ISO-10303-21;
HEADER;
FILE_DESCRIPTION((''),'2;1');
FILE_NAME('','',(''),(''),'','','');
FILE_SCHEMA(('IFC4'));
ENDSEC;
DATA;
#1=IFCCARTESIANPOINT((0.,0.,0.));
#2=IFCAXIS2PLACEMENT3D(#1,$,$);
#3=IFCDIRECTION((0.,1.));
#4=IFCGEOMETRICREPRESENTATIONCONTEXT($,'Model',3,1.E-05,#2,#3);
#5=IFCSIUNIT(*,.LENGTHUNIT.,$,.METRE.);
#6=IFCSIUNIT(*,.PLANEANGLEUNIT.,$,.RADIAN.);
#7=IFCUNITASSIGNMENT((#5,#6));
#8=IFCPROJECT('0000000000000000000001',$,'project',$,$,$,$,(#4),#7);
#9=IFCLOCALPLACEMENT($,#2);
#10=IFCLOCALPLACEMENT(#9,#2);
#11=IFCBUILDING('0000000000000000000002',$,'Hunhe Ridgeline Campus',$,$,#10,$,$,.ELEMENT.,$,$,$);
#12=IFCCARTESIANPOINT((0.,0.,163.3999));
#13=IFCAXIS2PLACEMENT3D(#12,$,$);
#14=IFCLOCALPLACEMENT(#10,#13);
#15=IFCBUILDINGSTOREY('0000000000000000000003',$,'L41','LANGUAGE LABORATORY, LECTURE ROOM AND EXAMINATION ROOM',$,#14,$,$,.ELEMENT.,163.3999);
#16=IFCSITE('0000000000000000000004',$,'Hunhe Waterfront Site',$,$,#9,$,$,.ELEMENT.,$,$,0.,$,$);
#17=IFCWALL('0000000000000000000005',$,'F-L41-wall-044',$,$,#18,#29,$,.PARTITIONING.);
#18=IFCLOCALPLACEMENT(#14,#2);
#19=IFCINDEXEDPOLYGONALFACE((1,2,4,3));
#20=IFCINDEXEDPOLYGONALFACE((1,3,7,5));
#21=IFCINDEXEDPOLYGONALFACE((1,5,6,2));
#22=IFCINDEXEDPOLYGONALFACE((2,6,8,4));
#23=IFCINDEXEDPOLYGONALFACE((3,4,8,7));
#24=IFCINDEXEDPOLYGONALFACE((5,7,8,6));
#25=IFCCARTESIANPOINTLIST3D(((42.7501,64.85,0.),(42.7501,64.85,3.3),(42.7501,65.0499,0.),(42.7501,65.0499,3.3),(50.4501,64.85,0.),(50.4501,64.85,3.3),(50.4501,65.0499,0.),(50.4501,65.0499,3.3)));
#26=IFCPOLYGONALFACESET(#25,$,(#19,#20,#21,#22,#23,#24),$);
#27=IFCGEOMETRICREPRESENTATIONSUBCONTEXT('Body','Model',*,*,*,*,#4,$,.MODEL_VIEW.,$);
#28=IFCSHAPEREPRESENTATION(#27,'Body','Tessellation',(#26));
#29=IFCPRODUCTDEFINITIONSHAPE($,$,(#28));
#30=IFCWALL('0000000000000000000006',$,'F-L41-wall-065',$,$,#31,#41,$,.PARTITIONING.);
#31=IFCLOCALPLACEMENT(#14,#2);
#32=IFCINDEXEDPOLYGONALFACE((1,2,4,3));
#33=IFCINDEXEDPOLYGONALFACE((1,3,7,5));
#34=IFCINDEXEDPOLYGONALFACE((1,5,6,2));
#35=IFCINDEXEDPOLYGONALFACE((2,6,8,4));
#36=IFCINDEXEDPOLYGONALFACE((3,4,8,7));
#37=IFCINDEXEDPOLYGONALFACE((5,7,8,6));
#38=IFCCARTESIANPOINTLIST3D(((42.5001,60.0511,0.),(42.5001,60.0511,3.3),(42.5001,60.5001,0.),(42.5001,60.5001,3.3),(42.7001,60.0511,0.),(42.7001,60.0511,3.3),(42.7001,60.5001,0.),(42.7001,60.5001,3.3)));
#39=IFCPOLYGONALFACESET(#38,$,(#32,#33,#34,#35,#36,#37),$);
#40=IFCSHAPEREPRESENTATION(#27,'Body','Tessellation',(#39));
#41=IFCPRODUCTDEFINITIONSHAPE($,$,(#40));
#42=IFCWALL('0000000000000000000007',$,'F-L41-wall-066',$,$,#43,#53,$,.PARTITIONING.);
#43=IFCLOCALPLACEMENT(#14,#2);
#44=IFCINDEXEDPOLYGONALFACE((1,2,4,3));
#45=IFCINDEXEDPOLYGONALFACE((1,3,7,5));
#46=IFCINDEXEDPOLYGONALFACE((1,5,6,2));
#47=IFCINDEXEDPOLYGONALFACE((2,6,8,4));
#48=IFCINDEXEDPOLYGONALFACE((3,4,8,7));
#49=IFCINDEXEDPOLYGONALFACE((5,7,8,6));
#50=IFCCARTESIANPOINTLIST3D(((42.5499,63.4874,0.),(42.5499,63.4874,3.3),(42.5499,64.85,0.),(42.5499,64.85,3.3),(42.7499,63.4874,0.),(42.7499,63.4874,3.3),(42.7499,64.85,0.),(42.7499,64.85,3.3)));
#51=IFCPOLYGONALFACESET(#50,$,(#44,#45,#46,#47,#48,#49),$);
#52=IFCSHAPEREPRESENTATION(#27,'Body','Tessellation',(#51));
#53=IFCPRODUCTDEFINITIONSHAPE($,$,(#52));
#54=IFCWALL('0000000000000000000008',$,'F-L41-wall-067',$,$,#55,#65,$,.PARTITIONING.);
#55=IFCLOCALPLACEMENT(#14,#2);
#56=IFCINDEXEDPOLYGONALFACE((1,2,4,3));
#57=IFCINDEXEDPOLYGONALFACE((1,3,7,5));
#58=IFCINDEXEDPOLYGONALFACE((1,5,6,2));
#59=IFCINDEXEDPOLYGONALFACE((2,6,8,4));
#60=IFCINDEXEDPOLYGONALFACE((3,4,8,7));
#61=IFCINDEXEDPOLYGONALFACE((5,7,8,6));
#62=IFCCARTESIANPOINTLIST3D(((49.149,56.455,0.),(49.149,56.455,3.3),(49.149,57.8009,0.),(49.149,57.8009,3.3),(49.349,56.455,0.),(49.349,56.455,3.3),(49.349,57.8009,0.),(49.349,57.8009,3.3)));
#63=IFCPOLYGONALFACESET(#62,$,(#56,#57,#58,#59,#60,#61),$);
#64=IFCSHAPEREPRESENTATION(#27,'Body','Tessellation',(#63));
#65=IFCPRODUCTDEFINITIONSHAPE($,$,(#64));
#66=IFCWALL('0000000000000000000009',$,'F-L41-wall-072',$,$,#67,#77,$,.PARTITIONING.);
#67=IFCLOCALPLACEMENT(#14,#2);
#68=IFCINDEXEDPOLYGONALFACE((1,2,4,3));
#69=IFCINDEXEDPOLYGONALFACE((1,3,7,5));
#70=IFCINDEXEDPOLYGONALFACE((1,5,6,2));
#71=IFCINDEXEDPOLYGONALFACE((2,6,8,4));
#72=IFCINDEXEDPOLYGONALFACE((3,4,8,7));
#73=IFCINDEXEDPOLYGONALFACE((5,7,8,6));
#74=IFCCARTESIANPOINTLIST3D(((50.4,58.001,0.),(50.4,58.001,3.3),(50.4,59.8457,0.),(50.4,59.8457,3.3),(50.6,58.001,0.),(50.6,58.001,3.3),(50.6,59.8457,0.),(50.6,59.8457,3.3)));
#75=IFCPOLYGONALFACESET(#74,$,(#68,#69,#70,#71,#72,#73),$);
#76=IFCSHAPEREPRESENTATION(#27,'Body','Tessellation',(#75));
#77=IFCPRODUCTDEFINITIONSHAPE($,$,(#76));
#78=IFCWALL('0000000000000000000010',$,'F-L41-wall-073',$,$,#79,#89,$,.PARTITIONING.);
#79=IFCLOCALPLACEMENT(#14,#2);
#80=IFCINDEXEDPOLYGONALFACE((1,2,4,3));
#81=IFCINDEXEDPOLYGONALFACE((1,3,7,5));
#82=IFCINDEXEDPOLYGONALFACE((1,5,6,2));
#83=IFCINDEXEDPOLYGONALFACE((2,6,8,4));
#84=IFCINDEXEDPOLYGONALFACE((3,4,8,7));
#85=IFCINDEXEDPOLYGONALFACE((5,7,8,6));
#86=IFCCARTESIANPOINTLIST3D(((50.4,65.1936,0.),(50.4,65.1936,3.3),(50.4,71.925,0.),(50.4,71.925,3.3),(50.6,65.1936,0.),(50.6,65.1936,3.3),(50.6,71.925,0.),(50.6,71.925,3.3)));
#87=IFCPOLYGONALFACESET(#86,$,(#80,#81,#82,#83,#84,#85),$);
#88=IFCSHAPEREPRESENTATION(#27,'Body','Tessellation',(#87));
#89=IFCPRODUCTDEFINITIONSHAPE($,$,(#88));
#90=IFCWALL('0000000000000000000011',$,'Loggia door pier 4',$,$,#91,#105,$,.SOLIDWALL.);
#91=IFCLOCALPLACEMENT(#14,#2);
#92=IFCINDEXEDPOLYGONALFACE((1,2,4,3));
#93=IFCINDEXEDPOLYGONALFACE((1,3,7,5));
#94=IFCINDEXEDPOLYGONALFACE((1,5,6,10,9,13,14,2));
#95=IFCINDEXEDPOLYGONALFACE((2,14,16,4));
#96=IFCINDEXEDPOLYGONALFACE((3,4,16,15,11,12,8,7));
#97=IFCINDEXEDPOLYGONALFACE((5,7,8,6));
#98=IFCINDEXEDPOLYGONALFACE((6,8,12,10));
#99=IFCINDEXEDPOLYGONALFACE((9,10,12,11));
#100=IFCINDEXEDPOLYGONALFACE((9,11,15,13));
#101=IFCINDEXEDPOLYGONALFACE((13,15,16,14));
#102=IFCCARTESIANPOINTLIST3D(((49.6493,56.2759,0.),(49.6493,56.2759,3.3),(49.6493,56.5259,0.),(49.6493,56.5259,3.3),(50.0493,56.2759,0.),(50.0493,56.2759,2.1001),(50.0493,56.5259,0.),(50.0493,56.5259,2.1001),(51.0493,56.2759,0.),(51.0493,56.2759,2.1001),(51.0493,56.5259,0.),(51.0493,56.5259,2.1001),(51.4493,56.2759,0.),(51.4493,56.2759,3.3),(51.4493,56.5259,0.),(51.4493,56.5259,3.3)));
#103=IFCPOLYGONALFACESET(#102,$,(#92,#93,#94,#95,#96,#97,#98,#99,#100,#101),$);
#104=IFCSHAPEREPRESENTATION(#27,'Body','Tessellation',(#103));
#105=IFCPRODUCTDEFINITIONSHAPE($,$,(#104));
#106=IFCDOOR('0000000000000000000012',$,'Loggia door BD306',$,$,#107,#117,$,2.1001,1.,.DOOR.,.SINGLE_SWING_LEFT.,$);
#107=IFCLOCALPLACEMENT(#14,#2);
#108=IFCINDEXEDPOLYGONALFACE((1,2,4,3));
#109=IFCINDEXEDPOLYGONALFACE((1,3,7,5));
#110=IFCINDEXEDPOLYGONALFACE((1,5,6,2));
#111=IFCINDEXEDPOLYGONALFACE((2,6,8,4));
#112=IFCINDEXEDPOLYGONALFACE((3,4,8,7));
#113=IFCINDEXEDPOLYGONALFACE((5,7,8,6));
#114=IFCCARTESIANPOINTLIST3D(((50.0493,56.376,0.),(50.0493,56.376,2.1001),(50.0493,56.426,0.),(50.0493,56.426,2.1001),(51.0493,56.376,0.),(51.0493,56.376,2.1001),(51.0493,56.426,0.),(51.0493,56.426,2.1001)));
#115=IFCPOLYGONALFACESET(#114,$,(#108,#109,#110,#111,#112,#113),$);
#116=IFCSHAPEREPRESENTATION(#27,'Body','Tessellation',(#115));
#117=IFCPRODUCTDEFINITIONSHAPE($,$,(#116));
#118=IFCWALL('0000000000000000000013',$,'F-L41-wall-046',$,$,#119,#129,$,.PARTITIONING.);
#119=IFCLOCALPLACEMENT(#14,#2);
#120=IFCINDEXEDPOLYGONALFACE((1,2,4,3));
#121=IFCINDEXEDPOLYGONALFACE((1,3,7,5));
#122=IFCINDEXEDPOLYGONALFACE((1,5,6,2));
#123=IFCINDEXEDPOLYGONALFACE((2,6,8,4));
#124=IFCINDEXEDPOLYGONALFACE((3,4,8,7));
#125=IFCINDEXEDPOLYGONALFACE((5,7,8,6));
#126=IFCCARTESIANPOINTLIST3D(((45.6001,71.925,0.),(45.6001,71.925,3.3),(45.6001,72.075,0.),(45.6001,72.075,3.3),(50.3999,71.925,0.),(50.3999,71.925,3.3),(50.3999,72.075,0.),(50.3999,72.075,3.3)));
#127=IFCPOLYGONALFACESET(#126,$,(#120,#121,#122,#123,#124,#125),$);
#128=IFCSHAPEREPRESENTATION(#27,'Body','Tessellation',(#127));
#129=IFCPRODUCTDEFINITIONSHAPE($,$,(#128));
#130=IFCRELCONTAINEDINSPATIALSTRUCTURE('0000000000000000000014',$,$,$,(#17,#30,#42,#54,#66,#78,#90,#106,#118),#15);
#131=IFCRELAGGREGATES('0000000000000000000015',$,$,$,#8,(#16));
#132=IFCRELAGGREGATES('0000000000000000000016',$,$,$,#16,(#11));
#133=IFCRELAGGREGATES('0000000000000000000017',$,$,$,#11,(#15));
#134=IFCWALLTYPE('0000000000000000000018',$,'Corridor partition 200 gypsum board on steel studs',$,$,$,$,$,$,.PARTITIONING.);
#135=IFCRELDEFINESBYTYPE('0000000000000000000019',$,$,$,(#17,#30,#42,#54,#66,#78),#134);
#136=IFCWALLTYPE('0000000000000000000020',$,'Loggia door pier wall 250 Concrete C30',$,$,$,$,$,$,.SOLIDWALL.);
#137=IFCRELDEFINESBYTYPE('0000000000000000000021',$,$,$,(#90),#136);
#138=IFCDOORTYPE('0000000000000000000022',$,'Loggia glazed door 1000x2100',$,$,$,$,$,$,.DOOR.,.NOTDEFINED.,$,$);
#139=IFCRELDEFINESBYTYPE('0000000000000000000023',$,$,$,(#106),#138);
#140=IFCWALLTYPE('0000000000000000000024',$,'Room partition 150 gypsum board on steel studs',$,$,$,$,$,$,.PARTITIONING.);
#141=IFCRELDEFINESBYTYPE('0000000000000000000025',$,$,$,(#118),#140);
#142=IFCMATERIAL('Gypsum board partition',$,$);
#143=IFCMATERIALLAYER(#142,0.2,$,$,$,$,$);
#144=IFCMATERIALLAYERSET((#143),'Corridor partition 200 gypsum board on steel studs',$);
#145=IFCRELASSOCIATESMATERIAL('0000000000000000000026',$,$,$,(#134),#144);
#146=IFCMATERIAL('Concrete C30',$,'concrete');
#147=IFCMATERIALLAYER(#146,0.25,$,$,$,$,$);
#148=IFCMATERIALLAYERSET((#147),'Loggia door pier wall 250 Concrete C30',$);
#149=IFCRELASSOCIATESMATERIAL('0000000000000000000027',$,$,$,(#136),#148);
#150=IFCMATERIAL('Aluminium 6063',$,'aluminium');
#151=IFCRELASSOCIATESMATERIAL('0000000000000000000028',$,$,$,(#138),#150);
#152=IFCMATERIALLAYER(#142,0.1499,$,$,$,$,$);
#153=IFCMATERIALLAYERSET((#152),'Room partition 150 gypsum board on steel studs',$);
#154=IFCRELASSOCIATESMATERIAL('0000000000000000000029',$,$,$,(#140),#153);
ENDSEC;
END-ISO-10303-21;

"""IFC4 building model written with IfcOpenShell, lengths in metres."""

from ifc_helpers import new_model, si_unit, direction, frame, frame_2d, origin, place, context, subcontext, project, spatial, rectangle, extrude, material, layer, layer_set, type_object, element, fill, save


model = new_model("IFC4")

# Units and contexts
model_context = context("Model", 3, precision=1e-05, world=origin(), true_north=direction((0.0, 1.0)))
body_context = subcontext(model_context, "Body", "Model", "MODEL_VIEW")
ifc_project = project(units=[si_unit("LENGTHUNIT", "METRE"), si_unit("PLANEANGLEUNIT", "RADIAN")], contexts=[model_context])

# Site, building, storey
site_placement = place(None, origin())
site = spatial("IfcSite", under=ifc_project, at=site_placement, Name="Hunhe Waterfront Site", CompositionType="ELEMENT", RefElevation=0.0)
building_placement = place(site_placement, origin())
building = spatial("IfcBuilding", under=site, at=building_placement, Name="Hunhe Ridgeline Campus", CompositionType="ELEMENT")
storey_placement = place(building_placement, frame((0.0, 0.0, 163.3999)))
storey = spatial("IfcBuildingStorey", under=building, at=storey_placement, Name="L41", Description="LANGUAGE LABORATORY, LECTURE ROOM AND EXAMINATION ROOM", CompositionType="ELEMENT", Elevation=163.3999)

# Shared definitions
ifc_material_1 = material(Name="Aluminium 6063", Category="aluminium")

# Shared definitions
ifc_material_2 = material(Name="Concrete C30", Category="concrete")
ifc_material_3 = material(Name="Gypsum board partition")
ifc_layer_1 = layer(ifc_material_3, 0.2)
ifc_layer_set_1 = layer_set([ifc_layer_1], Name="Corridor partition 200 gypsum board on steel studs")
wall_type_1 = type_object("IfcWallType", Name="Corridor partition 200 gypsum board on steel studs", PredefinedType="PARTITIONING", material=ifc_layer_set_1)

# Walls
wall_1_placement = place(storey_placement, frame((42.75, 64.95, 0.0), z_axis=(0.0, 0.0, 1.0), x_axis=(1.0, 0.0, 0.0)))
element("IfcWall", 1, at=wall_1_placement, inside=storey, type_object=wall_type_1, Name="F-L41-wall-044", PredefinedType="PARTITIONING", context=body_context, shape_type="SweptSolid", body=[
    extrude(rectangle(XDim=7.7, YDim=0.2, at=frame_2d((3.8501, 0.0))), origin(), (0.0, 0.0, 1.0), 3.3),
])
wall_2_placement = place(storey_placement, frame((42.6001, 60.051, 0.0), z_axis=(0.0, 0.0, 1.0), x_axis=(0.0, 1.0, 0.0)))
element("IfcWall", 2, at=wall_2_placement, inside=storey, type_object=wall_type_1, Name="F-L41-wall-065", PredefinedType="PARTITIONING", context=body_context, shape_type="SweptSolid", body=[
    extrude(rectangle(XDim=0.449, YDim=0.2, at=frame_2d((0.2246, 0.0))), origin(), (0.0, 0.0, 1.0), 3.3),
])
wall_3_placement = place(storey_placement, frame((42.6499, 63.4875, 0.0), z_axis=(0.0, 0.0, 1.0), x_axis=(0.0, 1.0, 0.0)))
element("IfcWall", 3, at=wall_3_placement, inside=storey, type_object=wall_type_1, Name="F-L41-wall-066", PredefinedType="PARTITIONING", context=body_context, shape_type="SweptSolid", body=[
    extrude(rectangle(XDim=1.3625, YDim=0.2, at=frame_2d((0.6812, 0.0))), origin(), (0.0, 0.0, 1.0), 3.3),
])
wall_4_placement = place(storey_placement, frame((49.249, 56.4551, 0.0), z_axis=(0.0, 0.0, 1.0), x_axis=(0.0, 1.0, 0.0)))
element("IfcWall", 4, at=wall_4_placement, inside=storey, type_object=wall_type_1, Name="F-L41-wall-067", PredefinedType="PARTITIONING", context=body_context, shape_type="SweptSolid", body=[
    extrude(rectangle(XDim=1.3459, YDim=0.2, at=frame_2d((0.6729, 0.0))), origin(), (0.0, 0.0, 1.0), 3.3),
])
wall_5_placement = place(storey_placement, frame((50.5, 58.001, 0.0), z_axis=(0.0, 0.0, 1.0), x_axis=(0.0, 1.0, 0.0)))
element("IfcWall", 5, at=wall_5_placement, inside=storey, type_object=wall_type_1, Name="F-L41-wall-072", PredefinedType="PARTITIONING", context=body_context, shape_type="SweptSolid", body=[
    extrude(rectangle(XDim=1.8447, YDim=0.2, at=frame_2d((0.9224, 0.0))), origin(), (0.0, 0.0, 1.0), 3.3),
])
wall_6_placement = place(storey_placement, frame((50.5, 65.1936, 0.0), z_axis=(0.0, 0.0, 1.0), x_axis=(0.0, 1.0, 0.0)))
element("IfcWall", 6, at=wall_6_placement, inside=storey, type_object=wall_type_1, Name="F-L41-wall-073", PredefinedType="PARTITIONING", context=body_context, shape_type="SweptSolid", body=[
    extrude(rectangle(XDim=6.7314, YDim=0.2, at=frame_2d((3.3657, 0.0))), origin(), (0.0, 0.0, 1.0), 3.3),
])

# Wall, opening, door
ifc_layer_2 = layer(ifc_material_2, 0.25)
ifc_layer_set_2 = layer_set([ifc_layer_2], Name="Loggia door pier wall 250 Concrete C30")
wall_type_2 = type_object("IfcWallType", Name="Loggia door pier wall 250 Concrete C30", PredefinedType="SOLIDWALL", material=ifc_layer_set_2)
wall_7_placement = place(storey_placement, frame((49.6494, 56.4009, 0.0), z_axis=(0.0, 0.0, 1.0), x_axis=(1.0, 0.0, 0.0)))
wall_7 = element("IfcWall", 7, at=wall_7_placement, inside=storey, type_object=wall_type_2, Name="Loggia door pier 4", PredefinedType="SOLIDWALL", context=body_context, shape_type="SweptSolid", body=[
    extrude(rectangle(XDim=1.8, YDim=0.25, at=frame_2d((0.8999, 0.0))), origin(), (0.0, 0.0, 1.0), 3.3),
])
opening_1_placement = place(wall_7_placement, frame((0.3999, 0.0, 0.0)))
opening_1 = element("IfcOpeningElement", 8, at=opening_1_placement, cuts=wall_7, PredefinedType="OPENING", context=body_context, shape_type="SweptSolid", body=[
    extrude(rectangle(XDim=1.0, YDim=2.1001, at=frame_2d((0.5, 1.05))), frame((0.0, 0.125, 0.0), z_axis=(0.0, -1.0, 0.0), x_axis=(1.0, 0.0, 0.0)), (0.0, 0.0, 1.0), 0.25),
])
door_type_1 = type_object("IfcDoorType", Name="Loggia glazed door 1000x2100", OperationType="NOTDEFINED", PredefinedType="DOOR", material=ifc_material_1)
door_1_placement = place(opening_1_placement, frame((1.0, 0.0, 0.0), z_axis=(0.0, 0.0, 1.0), x_axis=(-1.0, 0.0, 0.0)))
door_1 = element("IfcDoor", 9, at=door_1_placement, inside=storey, type_object=door_type_1, Name="Loggia door BD306", OperationType="SINGLE_SWING_LEFT", OverallHeight=2.1001, OverallWidth=1.0, PredefinedType="DOOR", context=body_context, shape_type="SweptSolid", body=[
    extrude(rectangle(XDim=1.0, YDim=2.1001, at=frame_2d((0.5, 1.05))), frame((0.0, 0.0249, 0.0), z_axis=(0.0, -1.0, 0.0), x_axis=(1.0, 0.0, 0.0)), (0.0, 0.0, 1.0), 0.05),
])
fill(opening_1, door_1)

# Wall
ifc_layer_3 = layer(ifc_material_3, 0.1499)
ifc_layer_set_3 = layer_set([ifc_layer_3], Name="Room partition 150 gypsum board on steel studs")
wall_type_3 = type_object("IfcWallType", Name="Room partition 150 gypsum board on steel studs", PredefinedType="PARTITIONING", material=ifc_layer_set_3)
wall_8_placement = place(storey_placement, frame((45.6001, 72.0, 0.0), z_axis=(0.0, 0.0, 1.0), x_axis=(1.0, 0.0, 0.0)))
element("IfcWall", 10, at=wall_8_placement, inside=storey, type_object=wall_type_3, Name="F-L41-wall-046", PredefinedType="PARTITIONING", context=body_context, shape_type="SweptSolid", body=[
    extrude(rectangle(XDim=4.7998, YDim=0.1499, at=frame_2d((2.3999, 0.0))), origin(), (0.0, 0.0, 1.0), 3.3),
])

save(model, "model.ifc")
